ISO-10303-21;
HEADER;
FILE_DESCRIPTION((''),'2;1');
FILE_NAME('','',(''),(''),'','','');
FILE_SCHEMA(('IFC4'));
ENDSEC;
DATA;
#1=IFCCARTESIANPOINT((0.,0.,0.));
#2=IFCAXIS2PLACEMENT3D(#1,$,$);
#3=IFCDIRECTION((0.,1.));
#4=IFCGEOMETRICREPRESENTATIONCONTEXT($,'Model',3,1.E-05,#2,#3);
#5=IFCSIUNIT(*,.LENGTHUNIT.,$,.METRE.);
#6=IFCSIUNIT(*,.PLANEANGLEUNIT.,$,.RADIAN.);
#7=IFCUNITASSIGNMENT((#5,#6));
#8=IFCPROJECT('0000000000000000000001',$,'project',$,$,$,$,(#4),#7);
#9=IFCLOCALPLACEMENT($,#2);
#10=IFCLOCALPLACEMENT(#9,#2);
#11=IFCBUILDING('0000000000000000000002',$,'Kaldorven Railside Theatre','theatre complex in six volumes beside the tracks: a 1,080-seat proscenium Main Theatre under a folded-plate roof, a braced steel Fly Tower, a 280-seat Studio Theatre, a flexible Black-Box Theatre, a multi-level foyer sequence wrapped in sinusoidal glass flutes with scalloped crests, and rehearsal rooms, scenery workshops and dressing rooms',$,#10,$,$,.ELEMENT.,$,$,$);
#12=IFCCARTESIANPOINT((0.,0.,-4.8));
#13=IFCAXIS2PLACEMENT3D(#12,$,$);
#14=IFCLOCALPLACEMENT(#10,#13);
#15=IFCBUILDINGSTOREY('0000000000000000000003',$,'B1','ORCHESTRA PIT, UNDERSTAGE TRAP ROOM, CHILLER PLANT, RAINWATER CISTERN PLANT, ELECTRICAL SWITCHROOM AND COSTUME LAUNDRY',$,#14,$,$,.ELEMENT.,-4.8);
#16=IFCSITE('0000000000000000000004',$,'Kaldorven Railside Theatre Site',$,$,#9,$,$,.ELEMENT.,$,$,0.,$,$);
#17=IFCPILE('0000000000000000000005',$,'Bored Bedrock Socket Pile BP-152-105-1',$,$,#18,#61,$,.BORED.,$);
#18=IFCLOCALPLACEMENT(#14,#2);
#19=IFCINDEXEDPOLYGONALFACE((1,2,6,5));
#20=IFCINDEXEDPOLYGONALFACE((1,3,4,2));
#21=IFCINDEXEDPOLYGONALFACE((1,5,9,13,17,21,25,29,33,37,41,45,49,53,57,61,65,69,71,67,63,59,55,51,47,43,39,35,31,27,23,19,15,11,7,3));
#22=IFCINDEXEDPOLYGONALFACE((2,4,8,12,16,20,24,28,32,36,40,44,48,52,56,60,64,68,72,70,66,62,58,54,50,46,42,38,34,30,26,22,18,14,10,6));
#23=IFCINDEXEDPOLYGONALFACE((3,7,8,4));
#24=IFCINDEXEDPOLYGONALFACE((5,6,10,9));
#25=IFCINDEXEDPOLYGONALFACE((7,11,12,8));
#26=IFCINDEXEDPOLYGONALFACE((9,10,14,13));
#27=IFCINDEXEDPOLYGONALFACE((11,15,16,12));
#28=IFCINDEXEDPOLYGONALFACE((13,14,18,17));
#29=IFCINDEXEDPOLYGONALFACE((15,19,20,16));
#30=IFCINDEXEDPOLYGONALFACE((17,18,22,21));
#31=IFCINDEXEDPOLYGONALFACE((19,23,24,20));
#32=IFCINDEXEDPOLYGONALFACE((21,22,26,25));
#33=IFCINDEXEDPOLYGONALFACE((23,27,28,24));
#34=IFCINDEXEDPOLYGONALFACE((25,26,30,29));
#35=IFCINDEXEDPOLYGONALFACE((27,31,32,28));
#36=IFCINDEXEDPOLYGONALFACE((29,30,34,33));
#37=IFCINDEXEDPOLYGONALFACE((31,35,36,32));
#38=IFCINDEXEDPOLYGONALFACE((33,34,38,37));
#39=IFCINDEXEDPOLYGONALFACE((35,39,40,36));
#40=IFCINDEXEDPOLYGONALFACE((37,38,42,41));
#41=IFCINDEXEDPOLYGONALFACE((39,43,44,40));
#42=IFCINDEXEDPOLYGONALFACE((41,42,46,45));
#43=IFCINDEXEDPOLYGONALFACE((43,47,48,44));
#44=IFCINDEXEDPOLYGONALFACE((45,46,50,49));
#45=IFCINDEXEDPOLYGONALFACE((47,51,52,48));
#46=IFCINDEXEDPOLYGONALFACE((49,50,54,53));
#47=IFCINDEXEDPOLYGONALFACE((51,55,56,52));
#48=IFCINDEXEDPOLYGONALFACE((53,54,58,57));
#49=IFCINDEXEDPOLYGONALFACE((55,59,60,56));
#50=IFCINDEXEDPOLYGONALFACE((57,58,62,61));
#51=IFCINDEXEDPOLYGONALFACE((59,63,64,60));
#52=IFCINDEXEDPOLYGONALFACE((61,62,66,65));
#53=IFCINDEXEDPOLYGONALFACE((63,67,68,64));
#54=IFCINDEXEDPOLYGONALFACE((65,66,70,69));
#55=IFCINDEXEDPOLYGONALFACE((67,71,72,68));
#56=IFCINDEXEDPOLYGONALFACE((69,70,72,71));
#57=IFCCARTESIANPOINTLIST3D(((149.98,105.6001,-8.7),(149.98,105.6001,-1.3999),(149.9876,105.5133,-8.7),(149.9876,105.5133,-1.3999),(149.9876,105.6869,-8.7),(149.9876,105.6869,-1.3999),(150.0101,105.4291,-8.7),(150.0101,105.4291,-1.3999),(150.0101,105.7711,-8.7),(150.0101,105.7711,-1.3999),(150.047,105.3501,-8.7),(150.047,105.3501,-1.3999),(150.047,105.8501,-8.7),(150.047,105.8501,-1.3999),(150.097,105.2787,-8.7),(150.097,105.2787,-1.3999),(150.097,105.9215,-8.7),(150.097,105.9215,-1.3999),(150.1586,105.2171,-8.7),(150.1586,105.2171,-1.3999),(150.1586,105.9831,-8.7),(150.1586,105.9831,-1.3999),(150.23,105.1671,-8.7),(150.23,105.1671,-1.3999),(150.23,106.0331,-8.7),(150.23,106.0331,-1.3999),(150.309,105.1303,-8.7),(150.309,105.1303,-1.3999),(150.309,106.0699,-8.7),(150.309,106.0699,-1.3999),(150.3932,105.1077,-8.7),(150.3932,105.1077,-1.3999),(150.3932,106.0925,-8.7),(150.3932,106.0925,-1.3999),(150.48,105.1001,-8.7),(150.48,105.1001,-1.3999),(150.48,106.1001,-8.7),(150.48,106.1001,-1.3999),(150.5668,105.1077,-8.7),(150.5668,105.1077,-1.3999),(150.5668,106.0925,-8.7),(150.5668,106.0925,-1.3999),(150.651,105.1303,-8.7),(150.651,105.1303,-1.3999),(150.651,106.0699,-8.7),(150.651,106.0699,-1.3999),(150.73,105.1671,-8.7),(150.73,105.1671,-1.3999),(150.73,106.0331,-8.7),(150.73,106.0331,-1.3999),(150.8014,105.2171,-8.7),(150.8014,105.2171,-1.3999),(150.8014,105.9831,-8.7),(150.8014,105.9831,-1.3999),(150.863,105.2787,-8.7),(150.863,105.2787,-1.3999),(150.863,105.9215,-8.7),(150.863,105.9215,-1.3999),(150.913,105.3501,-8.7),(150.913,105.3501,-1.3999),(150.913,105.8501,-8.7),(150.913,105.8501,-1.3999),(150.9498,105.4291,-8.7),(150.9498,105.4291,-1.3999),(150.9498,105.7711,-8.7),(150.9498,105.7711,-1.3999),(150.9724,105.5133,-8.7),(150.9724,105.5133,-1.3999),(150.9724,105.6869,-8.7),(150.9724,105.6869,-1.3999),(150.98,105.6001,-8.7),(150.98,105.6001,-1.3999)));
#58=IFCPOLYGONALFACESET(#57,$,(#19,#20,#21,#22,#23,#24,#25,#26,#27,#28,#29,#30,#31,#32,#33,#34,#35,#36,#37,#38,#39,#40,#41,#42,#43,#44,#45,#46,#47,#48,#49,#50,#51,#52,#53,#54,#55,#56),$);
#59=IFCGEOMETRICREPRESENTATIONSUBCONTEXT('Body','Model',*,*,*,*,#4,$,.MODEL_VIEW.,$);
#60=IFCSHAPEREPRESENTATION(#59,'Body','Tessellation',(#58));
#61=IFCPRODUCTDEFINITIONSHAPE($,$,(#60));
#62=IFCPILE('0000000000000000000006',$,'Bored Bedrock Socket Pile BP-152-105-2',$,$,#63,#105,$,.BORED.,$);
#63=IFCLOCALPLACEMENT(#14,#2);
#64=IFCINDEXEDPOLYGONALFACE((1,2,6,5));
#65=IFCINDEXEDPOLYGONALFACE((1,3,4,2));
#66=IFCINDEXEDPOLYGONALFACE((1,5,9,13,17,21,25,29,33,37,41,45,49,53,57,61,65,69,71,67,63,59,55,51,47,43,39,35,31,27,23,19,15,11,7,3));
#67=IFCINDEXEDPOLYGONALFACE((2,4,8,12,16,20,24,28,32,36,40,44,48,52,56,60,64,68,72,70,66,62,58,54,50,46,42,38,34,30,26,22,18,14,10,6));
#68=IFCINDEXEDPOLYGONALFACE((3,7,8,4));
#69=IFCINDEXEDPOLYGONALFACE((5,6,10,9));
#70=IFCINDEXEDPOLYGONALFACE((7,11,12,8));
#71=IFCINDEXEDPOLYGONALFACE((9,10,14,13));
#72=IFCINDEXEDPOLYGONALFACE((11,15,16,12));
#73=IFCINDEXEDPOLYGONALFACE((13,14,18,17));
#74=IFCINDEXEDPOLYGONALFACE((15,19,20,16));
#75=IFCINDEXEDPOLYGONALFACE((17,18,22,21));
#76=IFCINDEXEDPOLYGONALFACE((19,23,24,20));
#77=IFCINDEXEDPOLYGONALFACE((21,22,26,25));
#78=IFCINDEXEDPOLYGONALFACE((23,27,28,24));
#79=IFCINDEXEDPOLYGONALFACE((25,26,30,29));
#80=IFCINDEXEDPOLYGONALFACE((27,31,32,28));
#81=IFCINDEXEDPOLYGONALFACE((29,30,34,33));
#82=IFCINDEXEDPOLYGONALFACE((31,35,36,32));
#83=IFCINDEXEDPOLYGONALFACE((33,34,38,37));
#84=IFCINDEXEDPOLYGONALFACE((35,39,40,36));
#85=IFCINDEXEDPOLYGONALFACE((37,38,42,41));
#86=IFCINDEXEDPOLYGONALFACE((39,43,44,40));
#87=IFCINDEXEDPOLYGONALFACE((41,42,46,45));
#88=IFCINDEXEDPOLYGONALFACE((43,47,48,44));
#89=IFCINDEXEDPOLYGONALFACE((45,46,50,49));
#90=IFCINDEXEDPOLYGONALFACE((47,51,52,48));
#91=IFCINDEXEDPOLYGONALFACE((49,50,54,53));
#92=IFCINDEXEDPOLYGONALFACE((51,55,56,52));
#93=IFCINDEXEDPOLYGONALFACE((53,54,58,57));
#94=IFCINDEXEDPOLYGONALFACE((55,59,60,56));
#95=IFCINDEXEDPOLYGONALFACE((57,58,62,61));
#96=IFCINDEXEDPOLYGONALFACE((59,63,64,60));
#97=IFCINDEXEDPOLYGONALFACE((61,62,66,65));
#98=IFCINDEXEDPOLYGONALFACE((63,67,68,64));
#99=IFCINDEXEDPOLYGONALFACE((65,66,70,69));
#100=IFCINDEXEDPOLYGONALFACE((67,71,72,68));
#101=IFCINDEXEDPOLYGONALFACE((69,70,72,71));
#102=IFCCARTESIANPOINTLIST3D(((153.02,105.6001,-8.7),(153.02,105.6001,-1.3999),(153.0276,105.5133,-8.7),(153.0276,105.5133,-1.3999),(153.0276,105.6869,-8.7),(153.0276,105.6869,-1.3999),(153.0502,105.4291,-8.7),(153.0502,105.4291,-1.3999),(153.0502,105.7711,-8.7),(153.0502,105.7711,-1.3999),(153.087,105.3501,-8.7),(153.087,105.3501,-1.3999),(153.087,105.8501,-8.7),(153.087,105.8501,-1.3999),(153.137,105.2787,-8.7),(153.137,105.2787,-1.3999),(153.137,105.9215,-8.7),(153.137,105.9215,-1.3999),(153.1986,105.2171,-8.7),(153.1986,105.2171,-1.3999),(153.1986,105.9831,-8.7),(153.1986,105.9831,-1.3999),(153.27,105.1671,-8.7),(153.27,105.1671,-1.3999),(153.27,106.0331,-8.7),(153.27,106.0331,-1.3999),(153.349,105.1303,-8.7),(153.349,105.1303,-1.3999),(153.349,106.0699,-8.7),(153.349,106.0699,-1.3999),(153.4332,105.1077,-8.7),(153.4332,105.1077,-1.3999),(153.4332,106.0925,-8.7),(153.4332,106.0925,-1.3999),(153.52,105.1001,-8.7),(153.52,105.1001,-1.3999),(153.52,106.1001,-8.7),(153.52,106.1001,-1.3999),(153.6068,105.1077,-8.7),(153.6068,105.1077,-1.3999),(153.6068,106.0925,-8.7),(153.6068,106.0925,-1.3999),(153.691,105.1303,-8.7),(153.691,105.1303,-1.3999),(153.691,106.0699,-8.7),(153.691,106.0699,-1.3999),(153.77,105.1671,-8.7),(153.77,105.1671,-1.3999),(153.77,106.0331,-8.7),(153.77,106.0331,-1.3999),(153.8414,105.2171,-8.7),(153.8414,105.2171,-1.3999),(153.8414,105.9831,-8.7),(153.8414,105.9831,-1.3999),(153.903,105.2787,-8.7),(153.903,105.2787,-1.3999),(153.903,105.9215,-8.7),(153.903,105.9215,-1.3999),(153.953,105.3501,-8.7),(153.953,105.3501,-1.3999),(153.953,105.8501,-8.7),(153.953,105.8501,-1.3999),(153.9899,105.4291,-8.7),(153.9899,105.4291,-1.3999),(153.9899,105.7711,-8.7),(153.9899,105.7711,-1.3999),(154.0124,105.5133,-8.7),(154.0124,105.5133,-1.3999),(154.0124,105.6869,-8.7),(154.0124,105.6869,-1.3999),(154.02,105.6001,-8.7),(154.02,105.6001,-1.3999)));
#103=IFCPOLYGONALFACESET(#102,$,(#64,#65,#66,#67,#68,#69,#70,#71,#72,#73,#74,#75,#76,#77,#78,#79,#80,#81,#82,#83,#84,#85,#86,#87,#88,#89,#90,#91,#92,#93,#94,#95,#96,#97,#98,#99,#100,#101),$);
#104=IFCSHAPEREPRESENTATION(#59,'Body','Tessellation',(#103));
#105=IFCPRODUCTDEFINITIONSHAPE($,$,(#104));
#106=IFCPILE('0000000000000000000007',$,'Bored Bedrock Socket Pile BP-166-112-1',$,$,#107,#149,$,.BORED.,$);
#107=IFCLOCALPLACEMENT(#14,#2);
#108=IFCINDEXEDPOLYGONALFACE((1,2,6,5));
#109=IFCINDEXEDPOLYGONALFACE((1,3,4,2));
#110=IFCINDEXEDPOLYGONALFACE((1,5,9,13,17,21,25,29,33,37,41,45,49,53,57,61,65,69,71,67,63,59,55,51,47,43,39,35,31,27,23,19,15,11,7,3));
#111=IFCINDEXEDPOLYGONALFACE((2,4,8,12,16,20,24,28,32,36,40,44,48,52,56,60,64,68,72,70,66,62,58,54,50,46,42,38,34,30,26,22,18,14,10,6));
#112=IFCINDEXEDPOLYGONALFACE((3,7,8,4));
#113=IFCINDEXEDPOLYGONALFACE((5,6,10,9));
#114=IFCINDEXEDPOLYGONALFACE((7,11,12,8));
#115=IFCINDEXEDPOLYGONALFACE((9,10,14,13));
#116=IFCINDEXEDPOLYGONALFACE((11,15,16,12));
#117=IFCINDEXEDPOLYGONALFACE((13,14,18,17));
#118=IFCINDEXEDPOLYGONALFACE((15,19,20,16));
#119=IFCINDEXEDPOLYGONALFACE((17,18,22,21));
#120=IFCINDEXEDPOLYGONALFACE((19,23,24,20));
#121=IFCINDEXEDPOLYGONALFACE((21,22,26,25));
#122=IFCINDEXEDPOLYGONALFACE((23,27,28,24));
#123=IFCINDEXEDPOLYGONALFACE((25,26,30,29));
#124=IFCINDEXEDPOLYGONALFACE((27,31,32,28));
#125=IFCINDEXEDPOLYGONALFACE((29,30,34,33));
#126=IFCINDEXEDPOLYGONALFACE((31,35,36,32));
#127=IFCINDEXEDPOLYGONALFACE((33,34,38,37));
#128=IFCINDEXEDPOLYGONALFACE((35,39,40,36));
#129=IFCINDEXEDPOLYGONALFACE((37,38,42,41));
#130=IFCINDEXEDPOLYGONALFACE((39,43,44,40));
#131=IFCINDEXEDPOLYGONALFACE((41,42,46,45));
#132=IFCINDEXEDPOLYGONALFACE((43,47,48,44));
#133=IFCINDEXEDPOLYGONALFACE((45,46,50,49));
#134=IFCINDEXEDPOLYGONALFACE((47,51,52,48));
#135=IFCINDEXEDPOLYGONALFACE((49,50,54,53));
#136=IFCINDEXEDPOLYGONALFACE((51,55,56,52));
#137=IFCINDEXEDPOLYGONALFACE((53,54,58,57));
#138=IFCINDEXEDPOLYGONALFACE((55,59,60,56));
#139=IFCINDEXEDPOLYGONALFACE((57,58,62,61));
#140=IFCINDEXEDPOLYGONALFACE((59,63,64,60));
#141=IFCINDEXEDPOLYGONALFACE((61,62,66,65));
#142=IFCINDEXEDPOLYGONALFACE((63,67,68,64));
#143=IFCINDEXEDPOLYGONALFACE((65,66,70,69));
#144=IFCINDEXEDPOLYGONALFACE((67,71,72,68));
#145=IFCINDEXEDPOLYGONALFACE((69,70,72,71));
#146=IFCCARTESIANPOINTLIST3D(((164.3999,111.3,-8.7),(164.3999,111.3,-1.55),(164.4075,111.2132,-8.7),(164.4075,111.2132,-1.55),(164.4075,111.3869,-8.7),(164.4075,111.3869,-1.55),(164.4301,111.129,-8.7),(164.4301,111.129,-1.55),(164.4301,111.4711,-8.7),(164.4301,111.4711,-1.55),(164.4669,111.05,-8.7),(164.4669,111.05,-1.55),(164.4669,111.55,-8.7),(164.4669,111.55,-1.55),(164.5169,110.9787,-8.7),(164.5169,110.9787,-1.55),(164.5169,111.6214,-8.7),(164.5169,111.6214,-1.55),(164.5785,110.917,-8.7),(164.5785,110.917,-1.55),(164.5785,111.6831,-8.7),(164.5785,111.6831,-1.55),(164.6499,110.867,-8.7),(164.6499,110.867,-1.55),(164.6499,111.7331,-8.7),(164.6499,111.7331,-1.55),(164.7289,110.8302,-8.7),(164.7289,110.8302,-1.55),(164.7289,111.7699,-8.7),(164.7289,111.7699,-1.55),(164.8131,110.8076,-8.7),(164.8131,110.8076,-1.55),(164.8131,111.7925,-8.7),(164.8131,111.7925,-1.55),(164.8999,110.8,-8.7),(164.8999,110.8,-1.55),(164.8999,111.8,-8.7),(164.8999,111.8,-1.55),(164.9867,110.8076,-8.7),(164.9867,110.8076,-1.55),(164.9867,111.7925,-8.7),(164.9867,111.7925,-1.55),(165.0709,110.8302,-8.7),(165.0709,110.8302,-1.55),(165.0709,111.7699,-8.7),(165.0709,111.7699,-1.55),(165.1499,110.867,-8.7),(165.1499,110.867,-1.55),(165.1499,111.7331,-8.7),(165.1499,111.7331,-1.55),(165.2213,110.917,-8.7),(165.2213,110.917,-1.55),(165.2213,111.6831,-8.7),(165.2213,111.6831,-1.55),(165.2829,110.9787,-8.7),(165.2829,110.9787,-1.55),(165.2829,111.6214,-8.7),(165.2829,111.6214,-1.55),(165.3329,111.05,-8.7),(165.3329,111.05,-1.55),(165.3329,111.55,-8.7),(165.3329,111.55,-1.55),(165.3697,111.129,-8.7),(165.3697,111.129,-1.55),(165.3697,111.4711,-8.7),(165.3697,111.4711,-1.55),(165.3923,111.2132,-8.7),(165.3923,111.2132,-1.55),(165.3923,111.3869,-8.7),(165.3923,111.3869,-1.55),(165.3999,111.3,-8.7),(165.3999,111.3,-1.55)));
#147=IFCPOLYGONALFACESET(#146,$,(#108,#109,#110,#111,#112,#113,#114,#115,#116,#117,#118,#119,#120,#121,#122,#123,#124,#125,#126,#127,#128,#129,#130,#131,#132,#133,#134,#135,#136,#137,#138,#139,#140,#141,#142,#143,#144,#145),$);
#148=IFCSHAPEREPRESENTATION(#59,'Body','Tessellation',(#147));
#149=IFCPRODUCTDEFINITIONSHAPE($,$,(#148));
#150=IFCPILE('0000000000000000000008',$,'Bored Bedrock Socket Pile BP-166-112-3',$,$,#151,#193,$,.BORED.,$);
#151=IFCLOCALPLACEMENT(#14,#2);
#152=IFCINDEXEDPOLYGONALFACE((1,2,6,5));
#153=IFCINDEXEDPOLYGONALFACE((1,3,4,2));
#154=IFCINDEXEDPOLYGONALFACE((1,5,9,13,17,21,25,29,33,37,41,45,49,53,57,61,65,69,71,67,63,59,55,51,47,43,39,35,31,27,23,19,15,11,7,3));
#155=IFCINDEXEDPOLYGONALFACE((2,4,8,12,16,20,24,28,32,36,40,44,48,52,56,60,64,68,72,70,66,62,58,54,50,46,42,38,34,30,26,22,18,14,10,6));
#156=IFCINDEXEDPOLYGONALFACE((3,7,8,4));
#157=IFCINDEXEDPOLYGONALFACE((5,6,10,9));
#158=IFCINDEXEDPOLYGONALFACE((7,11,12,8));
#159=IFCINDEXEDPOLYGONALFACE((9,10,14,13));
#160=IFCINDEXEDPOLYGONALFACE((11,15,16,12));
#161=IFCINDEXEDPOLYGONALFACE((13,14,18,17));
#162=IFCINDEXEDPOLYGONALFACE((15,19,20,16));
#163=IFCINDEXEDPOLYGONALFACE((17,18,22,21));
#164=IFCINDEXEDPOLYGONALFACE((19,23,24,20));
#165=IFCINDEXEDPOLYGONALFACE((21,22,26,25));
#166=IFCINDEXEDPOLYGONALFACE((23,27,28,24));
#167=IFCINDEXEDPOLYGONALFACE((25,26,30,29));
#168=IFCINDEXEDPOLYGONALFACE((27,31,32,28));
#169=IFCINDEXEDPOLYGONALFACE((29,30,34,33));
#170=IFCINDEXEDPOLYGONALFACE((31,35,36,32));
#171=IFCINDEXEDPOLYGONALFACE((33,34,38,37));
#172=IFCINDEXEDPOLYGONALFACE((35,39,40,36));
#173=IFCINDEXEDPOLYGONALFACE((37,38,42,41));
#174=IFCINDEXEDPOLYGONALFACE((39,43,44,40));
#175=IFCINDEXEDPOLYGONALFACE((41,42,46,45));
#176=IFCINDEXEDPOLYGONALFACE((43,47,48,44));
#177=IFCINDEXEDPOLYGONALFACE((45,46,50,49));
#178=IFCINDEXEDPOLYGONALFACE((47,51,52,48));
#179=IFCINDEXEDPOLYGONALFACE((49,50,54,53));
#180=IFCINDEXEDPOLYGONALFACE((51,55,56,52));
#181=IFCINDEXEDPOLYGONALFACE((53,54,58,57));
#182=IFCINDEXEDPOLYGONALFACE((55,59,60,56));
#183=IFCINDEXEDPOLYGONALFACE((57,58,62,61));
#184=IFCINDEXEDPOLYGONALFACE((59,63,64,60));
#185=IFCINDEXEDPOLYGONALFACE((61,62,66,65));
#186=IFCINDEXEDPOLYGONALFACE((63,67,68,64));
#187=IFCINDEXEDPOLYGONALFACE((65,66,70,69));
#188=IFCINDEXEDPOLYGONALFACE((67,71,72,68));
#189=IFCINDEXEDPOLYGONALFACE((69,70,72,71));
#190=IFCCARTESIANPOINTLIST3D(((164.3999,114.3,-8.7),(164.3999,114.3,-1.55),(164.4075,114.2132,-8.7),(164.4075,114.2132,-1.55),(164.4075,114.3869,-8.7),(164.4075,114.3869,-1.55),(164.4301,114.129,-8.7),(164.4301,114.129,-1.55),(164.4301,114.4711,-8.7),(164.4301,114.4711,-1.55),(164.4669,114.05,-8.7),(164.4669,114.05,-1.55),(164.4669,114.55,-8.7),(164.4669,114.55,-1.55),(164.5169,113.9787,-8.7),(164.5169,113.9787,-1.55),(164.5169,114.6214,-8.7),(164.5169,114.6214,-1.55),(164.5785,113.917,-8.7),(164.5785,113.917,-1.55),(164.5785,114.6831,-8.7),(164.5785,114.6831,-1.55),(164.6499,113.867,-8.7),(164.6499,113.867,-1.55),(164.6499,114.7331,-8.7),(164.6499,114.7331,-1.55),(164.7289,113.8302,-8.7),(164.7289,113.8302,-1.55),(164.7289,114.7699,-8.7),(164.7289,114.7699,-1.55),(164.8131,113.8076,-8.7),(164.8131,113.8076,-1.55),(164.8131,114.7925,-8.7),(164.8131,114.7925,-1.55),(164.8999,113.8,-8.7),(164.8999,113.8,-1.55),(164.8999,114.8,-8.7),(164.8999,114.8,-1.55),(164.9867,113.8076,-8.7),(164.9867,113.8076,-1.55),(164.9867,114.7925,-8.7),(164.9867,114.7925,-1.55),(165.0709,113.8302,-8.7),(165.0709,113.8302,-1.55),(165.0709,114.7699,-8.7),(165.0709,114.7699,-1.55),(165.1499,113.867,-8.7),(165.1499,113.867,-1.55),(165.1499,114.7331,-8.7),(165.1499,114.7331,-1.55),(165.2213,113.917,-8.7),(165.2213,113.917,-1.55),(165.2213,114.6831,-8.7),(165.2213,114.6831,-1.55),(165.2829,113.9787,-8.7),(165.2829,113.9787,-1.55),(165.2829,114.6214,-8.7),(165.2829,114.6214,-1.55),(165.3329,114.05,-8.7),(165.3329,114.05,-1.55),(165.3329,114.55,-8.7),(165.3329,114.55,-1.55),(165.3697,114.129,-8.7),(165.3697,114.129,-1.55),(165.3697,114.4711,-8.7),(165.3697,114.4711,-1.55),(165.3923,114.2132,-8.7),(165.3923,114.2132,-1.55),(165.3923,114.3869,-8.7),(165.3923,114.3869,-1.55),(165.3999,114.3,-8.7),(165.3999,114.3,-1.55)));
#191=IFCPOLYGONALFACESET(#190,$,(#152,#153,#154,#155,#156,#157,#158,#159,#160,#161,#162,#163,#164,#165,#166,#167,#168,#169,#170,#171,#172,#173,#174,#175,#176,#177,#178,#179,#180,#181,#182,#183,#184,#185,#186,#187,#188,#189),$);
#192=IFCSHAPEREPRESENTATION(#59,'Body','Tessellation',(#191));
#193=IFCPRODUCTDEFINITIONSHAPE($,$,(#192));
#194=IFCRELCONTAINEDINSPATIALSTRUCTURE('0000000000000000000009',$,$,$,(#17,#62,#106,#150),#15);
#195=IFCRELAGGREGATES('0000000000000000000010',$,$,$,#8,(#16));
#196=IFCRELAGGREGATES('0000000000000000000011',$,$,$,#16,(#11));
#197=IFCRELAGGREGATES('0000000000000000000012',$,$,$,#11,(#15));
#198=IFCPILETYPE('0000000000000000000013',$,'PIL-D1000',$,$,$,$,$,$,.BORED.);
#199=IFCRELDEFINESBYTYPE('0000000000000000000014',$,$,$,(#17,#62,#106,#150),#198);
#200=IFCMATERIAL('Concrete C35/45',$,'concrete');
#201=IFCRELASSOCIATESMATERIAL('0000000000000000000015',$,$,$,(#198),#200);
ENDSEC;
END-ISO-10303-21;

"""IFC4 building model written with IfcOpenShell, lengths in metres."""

from ifc_helpers import new_model, si_unit, direction, frame, origin, origin_2d, place, context, subcontext, project, spatial, circle, extrude, material, material_profile, profile_set, type_object, element, save


model = new_model("IFC4")

# Units and contexts
model_context = context("Model", 3, precision=1e-05, world=origin(), true_north=direction((0.0, 1.0)))
body_context = subcontext(model_context, "Body", "Model", "MODEL_VIEW")
ifc_project = project(units=[si_unit("LENGTHUNIT", "METRE"), si_unit("PLANEANGLEUNIT", "RADIAN")], contexts=[model_context])

# Site, building, storey
site_placement = place(None, origin())
site = spatial("IfcSite", under=ifc_project, at=site_placement, Name="Kaldorven Railside Theatre Site", CompositionType="ELEMENT", RefElevation=0.0)
building_placement = place(site_placement, origin())
building = spatial("IfcBuilding", under=site, at=building_placement, Name="Kaldorven Railside Theatre", Description="theatre complex in six volumes beside the tracks: a 1,080-seat proscenium Main Theatre under a folded-plate roof, a braced steel Fly Tower, a 280-seat Studio Theatre, a flexible Black-Box Theatre, a multi-level foyer sequence wrapped in sinusoidal glass flutes with scalloped crests, and rehearsal rooms, scenery workshops and dressing rooms", CompositionType="ELEMENT")
storey_placement = place(building_placement, frame((0.0, 0.0, -4.8)))
storey = spatial("IfcBuildingStorey", under=building, at=storey_placement, Name="B1", Description="ORCHESTRA PIT, UNDERSTAGE TRAP ROOM, CHILLER PLANT, RAINWATER CISTERN PLANT, ELECTRICAL SWITCHROOM AND COSTUME LAUNDRY", CompositionType="ELEMENT", Elevation=-4.8)

# Piles
ifc_material_1 = material(Name="Concrete C35/45", Category="concrete")
ifc_material_profile_1 = material_profile(ifc_material_1, circle(Radius=0.5, at=origin_2d()), Name="BP D1000")
ifc_profile_set_1 = profile_set([ifc_material_profile_1], Name="Concrete C35/45")
pile_type_1 = type_object("IfcPileType", Name="PIL-D1000", PredefinedType="BORED", material=ifc_profile_set_1)
for number, where, z_axis, x_axis, name in (
    (1, (150.48, 105.6001, -1.3999), (0.0, 0.0, -1.0), (1.0, 0.0, 0.0), "Bored Bedrock Socket Pile BP-152-105-1"),
    (2, (153.52, 105.6001, -1.3999), (0.0, 0.0, -1.0), (1.0, 0.0, 0.0), "Bored Bedrock Socket Pile BP-152-105-2"),
):
    element("IfcPile", number, at=place(storey_placement, frame(where, z_axis=z_axis, x_axis=x_axis)), inside=storey, type_object=pile_type_1, Name=name, PredefinedType="BORED", context=body_context, shape_type="SweptSolid", body=[
        extrude(circle(Radius=0.5, at=origin_2d()), origin(), (0.0, 0.0, 1.0), 7.3),
    ])
for number, where, z_axis, x_axis, name in (
    (3, (164.8999, 111.3, -1.55), (0.0, 0.0, -1.0), (1.0, 0.0, 0.0), "Bored Bedrock Socket Pile BP-166-112-1"),
    (4, (164.8999, 114.3, -1.55), (0.0, 0.0, -1.0), (1.0, 0.0, 0.0), "Bored Bedrock Socket Pile BP-166-112-3"),
):
    element("IfcPile", number, at=place(storey_placement, frame(where, z_axis=z_axis, x_axis=x_axis)), inside=storey, type_object=pile_type_1, Name=name, PredefinedType="BORED", context=body_context, shape_type="SweptSolid", body=[
        extrude(circle(Radius=0.5, at=origin_2d()), origin(), (0.0, 0.0, 1.0), 7.1499),
    ])

save(model, "model.ifc")
